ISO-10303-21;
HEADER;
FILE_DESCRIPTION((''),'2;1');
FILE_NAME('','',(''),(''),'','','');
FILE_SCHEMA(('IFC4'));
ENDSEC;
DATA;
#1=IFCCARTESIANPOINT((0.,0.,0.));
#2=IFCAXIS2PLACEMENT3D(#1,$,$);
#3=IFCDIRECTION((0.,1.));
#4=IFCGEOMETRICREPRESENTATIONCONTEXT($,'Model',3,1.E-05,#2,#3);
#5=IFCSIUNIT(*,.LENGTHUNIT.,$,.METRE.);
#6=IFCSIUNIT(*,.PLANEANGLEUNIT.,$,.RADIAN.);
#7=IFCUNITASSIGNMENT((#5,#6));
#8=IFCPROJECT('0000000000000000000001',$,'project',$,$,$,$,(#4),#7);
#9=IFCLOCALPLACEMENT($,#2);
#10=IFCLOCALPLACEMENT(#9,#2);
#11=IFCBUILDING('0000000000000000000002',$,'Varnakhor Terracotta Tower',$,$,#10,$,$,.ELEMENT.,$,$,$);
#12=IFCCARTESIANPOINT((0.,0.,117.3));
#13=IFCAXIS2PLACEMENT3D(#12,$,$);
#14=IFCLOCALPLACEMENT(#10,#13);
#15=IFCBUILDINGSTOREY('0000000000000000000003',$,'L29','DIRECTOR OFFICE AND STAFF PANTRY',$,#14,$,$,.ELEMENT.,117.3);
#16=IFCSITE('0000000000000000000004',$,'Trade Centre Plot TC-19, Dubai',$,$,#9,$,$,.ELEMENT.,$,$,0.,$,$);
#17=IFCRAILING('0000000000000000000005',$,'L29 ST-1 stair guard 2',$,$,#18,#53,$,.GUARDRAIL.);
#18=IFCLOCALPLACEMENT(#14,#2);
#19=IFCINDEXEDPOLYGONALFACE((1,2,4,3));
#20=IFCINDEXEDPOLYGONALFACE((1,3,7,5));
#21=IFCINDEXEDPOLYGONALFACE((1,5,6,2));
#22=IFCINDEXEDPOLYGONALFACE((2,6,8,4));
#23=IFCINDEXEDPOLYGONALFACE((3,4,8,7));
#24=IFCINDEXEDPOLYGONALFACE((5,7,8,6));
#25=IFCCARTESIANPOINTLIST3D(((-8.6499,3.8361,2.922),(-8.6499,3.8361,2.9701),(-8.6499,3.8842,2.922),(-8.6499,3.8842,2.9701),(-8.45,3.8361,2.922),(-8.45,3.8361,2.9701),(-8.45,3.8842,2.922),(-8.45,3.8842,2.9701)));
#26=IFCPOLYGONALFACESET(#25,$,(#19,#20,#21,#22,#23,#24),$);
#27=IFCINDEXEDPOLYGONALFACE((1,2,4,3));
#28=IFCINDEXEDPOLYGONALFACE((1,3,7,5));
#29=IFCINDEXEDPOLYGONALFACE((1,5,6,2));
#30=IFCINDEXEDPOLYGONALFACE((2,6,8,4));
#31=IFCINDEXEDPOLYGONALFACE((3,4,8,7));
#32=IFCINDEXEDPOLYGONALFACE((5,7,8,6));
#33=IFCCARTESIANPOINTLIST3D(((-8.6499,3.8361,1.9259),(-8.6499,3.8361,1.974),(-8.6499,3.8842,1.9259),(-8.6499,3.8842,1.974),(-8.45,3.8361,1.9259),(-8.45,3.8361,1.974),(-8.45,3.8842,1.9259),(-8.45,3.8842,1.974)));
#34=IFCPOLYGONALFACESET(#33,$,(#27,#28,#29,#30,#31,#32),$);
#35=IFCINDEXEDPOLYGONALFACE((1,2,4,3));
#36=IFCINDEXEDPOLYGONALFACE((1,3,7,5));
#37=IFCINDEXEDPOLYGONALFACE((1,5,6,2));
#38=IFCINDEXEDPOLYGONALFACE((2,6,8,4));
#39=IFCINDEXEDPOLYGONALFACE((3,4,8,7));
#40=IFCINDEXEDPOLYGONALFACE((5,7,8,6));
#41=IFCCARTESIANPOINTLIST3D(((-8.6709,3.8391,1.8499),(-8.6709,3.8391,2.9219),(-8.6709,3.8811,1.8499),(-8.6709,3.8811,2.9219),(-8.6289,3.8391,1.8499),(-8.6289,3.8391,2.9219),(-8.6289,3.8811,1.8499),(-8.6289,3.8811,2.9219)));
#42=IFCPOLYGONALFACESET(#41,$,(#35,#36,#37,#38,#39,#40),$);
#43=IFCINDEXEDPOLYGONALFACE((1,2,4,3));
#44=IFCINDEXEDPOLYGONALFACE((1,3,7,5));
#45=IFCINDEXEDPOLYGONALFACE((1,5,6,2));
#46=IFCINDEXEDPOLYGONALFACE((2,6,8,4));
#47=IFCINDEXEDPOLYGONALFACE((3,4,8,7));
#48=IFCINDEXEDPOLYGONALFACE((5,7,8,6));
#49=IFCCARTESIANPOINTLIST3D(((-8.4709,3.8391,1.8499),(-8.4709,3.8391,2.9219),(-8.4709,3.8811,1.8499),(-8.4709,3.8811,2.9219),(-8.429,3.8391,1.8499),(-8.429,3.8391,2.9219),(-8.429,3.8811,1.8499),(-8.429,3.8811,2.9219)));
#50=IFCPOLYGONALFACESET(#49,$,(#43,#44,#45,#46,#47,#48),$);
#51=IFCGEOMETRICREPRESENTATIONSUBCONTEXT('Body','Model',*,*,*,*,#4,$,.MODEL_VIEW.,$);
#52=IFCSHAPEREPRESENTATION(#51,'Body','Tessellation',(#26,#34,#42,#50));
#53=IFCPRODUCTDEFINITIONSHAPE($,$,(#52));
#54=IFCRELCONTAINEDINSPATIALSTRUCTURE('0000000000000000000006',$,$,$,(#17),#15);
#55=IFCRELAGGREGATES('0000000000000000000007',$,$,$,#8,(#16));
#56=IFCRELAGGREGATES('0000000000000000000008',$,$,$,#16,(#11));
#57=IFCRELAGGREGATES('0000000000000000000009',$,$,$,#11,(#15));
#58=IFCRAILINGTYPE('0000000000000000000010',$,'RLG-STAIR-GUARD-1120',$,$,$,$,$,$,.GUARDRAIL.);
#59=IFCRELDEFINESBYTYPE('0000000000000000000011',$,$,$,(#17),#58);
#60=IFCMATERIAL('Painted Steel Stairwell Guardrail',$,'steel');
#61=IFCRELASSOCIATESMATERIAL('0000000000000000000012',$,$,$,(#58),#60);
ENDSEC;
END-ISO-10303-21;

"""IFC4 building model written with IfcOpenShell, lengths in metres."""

from ifc_helpers import new_model, si_unit, direction, frame, origin, origin_2d, place, context, subcontext, project, spatial, rectangle, extrude, material, type_object, element, save


model = new_model("IFC4")

# Units and contexts
model_context = context("Model", 3, precision=1e-05, world=origin(), true_north=direction((0.0, 1.0)))
body_context = subcontext(model_context, "Body", "Model", "MODEL_VIEW")
ifc_project = project(units=[si_unit("LENGTHUNIT", "METRE"), si_unit("PLANEANGLEUNIT", "RADIAN")], contexts=[model_context])

# Site, building, storey
site_placement = place(None, origin())
site = spatial("IfcSite", under=ifc_project, at=site_placement, Name="Trade Centre Plot TC-19, Dubai", CompositionType="ELEMENT", RefElevation=0.0)
building_placement = place(site_placement, origin())
building = spatial("IfcBuilding", under=site, at=building_placement, Name="Varnakhor Terracotta Tower", CompositionType="ELEMENT")
storey_placement = place(building_placement, frame((0.0, 0.0, 117.3)))
storey = spatial("IfcBuildingStorey", under=building, at=storey_placement, Name="L29", Description="DIRECTOR OFFICE AND STAFF PANTRY", CompositionType="ELEMENT", Elevation=117.3)

# Railing
ifc_material_1 = material(Name="Painted Steel Stairwell Guardrail", Category="steel")
railing_type = type_object("IfcRailingType", Name="RLG-STAIR-GUARD-1120", PredefinedType="GUARDRAIL", material=ifc_material_1)
railing_placement = place(storey_placement, frame((-8.6499, 3.8601, 1.8499)))
element("IfcRailing", 1, at=railing_placement, inside=storey, type_object=railing_type, Name="L29 ST-1 stair guard 2", PredefinedType="GUARDRAIL", context=body_context, shape_type="SweptSolid", body=[
    extrude(rectangle(XDim=0.0481, YDim=0.0481, at=origin_2d()), frame((0.0, 0.0, 1.0962), z_axis=(1.0, 0.0, 0.0), x_axis=(0.0, 1.0, 0.0)), (0.0, 0.0, 1.0), 0.2),
    extrude(rectangle(XDim=0.0481, YDim=0.0481, at=origin_2d()), frame((0.0, 0.0, 0.1001), z_axis=(1.0, 0.0, 0.0), x_axis=(0.0, 1.0, 0.0)), (0.0, 0.0, 1.0), 0.2),
    extrude(rectangle(XDim=0.042, YDim=0.042, at=origin_2d()), origin(), (0.0, 0.0, 1.0), 1.072),
    extrude(rectangle(XDim=0.042, YDim=0.042, at=origin_2d()), frame((0.2, 0.0, 0.0)), (0.0, 0.0, 1.0), 1.072),
])

save(model, "model.ifc")
